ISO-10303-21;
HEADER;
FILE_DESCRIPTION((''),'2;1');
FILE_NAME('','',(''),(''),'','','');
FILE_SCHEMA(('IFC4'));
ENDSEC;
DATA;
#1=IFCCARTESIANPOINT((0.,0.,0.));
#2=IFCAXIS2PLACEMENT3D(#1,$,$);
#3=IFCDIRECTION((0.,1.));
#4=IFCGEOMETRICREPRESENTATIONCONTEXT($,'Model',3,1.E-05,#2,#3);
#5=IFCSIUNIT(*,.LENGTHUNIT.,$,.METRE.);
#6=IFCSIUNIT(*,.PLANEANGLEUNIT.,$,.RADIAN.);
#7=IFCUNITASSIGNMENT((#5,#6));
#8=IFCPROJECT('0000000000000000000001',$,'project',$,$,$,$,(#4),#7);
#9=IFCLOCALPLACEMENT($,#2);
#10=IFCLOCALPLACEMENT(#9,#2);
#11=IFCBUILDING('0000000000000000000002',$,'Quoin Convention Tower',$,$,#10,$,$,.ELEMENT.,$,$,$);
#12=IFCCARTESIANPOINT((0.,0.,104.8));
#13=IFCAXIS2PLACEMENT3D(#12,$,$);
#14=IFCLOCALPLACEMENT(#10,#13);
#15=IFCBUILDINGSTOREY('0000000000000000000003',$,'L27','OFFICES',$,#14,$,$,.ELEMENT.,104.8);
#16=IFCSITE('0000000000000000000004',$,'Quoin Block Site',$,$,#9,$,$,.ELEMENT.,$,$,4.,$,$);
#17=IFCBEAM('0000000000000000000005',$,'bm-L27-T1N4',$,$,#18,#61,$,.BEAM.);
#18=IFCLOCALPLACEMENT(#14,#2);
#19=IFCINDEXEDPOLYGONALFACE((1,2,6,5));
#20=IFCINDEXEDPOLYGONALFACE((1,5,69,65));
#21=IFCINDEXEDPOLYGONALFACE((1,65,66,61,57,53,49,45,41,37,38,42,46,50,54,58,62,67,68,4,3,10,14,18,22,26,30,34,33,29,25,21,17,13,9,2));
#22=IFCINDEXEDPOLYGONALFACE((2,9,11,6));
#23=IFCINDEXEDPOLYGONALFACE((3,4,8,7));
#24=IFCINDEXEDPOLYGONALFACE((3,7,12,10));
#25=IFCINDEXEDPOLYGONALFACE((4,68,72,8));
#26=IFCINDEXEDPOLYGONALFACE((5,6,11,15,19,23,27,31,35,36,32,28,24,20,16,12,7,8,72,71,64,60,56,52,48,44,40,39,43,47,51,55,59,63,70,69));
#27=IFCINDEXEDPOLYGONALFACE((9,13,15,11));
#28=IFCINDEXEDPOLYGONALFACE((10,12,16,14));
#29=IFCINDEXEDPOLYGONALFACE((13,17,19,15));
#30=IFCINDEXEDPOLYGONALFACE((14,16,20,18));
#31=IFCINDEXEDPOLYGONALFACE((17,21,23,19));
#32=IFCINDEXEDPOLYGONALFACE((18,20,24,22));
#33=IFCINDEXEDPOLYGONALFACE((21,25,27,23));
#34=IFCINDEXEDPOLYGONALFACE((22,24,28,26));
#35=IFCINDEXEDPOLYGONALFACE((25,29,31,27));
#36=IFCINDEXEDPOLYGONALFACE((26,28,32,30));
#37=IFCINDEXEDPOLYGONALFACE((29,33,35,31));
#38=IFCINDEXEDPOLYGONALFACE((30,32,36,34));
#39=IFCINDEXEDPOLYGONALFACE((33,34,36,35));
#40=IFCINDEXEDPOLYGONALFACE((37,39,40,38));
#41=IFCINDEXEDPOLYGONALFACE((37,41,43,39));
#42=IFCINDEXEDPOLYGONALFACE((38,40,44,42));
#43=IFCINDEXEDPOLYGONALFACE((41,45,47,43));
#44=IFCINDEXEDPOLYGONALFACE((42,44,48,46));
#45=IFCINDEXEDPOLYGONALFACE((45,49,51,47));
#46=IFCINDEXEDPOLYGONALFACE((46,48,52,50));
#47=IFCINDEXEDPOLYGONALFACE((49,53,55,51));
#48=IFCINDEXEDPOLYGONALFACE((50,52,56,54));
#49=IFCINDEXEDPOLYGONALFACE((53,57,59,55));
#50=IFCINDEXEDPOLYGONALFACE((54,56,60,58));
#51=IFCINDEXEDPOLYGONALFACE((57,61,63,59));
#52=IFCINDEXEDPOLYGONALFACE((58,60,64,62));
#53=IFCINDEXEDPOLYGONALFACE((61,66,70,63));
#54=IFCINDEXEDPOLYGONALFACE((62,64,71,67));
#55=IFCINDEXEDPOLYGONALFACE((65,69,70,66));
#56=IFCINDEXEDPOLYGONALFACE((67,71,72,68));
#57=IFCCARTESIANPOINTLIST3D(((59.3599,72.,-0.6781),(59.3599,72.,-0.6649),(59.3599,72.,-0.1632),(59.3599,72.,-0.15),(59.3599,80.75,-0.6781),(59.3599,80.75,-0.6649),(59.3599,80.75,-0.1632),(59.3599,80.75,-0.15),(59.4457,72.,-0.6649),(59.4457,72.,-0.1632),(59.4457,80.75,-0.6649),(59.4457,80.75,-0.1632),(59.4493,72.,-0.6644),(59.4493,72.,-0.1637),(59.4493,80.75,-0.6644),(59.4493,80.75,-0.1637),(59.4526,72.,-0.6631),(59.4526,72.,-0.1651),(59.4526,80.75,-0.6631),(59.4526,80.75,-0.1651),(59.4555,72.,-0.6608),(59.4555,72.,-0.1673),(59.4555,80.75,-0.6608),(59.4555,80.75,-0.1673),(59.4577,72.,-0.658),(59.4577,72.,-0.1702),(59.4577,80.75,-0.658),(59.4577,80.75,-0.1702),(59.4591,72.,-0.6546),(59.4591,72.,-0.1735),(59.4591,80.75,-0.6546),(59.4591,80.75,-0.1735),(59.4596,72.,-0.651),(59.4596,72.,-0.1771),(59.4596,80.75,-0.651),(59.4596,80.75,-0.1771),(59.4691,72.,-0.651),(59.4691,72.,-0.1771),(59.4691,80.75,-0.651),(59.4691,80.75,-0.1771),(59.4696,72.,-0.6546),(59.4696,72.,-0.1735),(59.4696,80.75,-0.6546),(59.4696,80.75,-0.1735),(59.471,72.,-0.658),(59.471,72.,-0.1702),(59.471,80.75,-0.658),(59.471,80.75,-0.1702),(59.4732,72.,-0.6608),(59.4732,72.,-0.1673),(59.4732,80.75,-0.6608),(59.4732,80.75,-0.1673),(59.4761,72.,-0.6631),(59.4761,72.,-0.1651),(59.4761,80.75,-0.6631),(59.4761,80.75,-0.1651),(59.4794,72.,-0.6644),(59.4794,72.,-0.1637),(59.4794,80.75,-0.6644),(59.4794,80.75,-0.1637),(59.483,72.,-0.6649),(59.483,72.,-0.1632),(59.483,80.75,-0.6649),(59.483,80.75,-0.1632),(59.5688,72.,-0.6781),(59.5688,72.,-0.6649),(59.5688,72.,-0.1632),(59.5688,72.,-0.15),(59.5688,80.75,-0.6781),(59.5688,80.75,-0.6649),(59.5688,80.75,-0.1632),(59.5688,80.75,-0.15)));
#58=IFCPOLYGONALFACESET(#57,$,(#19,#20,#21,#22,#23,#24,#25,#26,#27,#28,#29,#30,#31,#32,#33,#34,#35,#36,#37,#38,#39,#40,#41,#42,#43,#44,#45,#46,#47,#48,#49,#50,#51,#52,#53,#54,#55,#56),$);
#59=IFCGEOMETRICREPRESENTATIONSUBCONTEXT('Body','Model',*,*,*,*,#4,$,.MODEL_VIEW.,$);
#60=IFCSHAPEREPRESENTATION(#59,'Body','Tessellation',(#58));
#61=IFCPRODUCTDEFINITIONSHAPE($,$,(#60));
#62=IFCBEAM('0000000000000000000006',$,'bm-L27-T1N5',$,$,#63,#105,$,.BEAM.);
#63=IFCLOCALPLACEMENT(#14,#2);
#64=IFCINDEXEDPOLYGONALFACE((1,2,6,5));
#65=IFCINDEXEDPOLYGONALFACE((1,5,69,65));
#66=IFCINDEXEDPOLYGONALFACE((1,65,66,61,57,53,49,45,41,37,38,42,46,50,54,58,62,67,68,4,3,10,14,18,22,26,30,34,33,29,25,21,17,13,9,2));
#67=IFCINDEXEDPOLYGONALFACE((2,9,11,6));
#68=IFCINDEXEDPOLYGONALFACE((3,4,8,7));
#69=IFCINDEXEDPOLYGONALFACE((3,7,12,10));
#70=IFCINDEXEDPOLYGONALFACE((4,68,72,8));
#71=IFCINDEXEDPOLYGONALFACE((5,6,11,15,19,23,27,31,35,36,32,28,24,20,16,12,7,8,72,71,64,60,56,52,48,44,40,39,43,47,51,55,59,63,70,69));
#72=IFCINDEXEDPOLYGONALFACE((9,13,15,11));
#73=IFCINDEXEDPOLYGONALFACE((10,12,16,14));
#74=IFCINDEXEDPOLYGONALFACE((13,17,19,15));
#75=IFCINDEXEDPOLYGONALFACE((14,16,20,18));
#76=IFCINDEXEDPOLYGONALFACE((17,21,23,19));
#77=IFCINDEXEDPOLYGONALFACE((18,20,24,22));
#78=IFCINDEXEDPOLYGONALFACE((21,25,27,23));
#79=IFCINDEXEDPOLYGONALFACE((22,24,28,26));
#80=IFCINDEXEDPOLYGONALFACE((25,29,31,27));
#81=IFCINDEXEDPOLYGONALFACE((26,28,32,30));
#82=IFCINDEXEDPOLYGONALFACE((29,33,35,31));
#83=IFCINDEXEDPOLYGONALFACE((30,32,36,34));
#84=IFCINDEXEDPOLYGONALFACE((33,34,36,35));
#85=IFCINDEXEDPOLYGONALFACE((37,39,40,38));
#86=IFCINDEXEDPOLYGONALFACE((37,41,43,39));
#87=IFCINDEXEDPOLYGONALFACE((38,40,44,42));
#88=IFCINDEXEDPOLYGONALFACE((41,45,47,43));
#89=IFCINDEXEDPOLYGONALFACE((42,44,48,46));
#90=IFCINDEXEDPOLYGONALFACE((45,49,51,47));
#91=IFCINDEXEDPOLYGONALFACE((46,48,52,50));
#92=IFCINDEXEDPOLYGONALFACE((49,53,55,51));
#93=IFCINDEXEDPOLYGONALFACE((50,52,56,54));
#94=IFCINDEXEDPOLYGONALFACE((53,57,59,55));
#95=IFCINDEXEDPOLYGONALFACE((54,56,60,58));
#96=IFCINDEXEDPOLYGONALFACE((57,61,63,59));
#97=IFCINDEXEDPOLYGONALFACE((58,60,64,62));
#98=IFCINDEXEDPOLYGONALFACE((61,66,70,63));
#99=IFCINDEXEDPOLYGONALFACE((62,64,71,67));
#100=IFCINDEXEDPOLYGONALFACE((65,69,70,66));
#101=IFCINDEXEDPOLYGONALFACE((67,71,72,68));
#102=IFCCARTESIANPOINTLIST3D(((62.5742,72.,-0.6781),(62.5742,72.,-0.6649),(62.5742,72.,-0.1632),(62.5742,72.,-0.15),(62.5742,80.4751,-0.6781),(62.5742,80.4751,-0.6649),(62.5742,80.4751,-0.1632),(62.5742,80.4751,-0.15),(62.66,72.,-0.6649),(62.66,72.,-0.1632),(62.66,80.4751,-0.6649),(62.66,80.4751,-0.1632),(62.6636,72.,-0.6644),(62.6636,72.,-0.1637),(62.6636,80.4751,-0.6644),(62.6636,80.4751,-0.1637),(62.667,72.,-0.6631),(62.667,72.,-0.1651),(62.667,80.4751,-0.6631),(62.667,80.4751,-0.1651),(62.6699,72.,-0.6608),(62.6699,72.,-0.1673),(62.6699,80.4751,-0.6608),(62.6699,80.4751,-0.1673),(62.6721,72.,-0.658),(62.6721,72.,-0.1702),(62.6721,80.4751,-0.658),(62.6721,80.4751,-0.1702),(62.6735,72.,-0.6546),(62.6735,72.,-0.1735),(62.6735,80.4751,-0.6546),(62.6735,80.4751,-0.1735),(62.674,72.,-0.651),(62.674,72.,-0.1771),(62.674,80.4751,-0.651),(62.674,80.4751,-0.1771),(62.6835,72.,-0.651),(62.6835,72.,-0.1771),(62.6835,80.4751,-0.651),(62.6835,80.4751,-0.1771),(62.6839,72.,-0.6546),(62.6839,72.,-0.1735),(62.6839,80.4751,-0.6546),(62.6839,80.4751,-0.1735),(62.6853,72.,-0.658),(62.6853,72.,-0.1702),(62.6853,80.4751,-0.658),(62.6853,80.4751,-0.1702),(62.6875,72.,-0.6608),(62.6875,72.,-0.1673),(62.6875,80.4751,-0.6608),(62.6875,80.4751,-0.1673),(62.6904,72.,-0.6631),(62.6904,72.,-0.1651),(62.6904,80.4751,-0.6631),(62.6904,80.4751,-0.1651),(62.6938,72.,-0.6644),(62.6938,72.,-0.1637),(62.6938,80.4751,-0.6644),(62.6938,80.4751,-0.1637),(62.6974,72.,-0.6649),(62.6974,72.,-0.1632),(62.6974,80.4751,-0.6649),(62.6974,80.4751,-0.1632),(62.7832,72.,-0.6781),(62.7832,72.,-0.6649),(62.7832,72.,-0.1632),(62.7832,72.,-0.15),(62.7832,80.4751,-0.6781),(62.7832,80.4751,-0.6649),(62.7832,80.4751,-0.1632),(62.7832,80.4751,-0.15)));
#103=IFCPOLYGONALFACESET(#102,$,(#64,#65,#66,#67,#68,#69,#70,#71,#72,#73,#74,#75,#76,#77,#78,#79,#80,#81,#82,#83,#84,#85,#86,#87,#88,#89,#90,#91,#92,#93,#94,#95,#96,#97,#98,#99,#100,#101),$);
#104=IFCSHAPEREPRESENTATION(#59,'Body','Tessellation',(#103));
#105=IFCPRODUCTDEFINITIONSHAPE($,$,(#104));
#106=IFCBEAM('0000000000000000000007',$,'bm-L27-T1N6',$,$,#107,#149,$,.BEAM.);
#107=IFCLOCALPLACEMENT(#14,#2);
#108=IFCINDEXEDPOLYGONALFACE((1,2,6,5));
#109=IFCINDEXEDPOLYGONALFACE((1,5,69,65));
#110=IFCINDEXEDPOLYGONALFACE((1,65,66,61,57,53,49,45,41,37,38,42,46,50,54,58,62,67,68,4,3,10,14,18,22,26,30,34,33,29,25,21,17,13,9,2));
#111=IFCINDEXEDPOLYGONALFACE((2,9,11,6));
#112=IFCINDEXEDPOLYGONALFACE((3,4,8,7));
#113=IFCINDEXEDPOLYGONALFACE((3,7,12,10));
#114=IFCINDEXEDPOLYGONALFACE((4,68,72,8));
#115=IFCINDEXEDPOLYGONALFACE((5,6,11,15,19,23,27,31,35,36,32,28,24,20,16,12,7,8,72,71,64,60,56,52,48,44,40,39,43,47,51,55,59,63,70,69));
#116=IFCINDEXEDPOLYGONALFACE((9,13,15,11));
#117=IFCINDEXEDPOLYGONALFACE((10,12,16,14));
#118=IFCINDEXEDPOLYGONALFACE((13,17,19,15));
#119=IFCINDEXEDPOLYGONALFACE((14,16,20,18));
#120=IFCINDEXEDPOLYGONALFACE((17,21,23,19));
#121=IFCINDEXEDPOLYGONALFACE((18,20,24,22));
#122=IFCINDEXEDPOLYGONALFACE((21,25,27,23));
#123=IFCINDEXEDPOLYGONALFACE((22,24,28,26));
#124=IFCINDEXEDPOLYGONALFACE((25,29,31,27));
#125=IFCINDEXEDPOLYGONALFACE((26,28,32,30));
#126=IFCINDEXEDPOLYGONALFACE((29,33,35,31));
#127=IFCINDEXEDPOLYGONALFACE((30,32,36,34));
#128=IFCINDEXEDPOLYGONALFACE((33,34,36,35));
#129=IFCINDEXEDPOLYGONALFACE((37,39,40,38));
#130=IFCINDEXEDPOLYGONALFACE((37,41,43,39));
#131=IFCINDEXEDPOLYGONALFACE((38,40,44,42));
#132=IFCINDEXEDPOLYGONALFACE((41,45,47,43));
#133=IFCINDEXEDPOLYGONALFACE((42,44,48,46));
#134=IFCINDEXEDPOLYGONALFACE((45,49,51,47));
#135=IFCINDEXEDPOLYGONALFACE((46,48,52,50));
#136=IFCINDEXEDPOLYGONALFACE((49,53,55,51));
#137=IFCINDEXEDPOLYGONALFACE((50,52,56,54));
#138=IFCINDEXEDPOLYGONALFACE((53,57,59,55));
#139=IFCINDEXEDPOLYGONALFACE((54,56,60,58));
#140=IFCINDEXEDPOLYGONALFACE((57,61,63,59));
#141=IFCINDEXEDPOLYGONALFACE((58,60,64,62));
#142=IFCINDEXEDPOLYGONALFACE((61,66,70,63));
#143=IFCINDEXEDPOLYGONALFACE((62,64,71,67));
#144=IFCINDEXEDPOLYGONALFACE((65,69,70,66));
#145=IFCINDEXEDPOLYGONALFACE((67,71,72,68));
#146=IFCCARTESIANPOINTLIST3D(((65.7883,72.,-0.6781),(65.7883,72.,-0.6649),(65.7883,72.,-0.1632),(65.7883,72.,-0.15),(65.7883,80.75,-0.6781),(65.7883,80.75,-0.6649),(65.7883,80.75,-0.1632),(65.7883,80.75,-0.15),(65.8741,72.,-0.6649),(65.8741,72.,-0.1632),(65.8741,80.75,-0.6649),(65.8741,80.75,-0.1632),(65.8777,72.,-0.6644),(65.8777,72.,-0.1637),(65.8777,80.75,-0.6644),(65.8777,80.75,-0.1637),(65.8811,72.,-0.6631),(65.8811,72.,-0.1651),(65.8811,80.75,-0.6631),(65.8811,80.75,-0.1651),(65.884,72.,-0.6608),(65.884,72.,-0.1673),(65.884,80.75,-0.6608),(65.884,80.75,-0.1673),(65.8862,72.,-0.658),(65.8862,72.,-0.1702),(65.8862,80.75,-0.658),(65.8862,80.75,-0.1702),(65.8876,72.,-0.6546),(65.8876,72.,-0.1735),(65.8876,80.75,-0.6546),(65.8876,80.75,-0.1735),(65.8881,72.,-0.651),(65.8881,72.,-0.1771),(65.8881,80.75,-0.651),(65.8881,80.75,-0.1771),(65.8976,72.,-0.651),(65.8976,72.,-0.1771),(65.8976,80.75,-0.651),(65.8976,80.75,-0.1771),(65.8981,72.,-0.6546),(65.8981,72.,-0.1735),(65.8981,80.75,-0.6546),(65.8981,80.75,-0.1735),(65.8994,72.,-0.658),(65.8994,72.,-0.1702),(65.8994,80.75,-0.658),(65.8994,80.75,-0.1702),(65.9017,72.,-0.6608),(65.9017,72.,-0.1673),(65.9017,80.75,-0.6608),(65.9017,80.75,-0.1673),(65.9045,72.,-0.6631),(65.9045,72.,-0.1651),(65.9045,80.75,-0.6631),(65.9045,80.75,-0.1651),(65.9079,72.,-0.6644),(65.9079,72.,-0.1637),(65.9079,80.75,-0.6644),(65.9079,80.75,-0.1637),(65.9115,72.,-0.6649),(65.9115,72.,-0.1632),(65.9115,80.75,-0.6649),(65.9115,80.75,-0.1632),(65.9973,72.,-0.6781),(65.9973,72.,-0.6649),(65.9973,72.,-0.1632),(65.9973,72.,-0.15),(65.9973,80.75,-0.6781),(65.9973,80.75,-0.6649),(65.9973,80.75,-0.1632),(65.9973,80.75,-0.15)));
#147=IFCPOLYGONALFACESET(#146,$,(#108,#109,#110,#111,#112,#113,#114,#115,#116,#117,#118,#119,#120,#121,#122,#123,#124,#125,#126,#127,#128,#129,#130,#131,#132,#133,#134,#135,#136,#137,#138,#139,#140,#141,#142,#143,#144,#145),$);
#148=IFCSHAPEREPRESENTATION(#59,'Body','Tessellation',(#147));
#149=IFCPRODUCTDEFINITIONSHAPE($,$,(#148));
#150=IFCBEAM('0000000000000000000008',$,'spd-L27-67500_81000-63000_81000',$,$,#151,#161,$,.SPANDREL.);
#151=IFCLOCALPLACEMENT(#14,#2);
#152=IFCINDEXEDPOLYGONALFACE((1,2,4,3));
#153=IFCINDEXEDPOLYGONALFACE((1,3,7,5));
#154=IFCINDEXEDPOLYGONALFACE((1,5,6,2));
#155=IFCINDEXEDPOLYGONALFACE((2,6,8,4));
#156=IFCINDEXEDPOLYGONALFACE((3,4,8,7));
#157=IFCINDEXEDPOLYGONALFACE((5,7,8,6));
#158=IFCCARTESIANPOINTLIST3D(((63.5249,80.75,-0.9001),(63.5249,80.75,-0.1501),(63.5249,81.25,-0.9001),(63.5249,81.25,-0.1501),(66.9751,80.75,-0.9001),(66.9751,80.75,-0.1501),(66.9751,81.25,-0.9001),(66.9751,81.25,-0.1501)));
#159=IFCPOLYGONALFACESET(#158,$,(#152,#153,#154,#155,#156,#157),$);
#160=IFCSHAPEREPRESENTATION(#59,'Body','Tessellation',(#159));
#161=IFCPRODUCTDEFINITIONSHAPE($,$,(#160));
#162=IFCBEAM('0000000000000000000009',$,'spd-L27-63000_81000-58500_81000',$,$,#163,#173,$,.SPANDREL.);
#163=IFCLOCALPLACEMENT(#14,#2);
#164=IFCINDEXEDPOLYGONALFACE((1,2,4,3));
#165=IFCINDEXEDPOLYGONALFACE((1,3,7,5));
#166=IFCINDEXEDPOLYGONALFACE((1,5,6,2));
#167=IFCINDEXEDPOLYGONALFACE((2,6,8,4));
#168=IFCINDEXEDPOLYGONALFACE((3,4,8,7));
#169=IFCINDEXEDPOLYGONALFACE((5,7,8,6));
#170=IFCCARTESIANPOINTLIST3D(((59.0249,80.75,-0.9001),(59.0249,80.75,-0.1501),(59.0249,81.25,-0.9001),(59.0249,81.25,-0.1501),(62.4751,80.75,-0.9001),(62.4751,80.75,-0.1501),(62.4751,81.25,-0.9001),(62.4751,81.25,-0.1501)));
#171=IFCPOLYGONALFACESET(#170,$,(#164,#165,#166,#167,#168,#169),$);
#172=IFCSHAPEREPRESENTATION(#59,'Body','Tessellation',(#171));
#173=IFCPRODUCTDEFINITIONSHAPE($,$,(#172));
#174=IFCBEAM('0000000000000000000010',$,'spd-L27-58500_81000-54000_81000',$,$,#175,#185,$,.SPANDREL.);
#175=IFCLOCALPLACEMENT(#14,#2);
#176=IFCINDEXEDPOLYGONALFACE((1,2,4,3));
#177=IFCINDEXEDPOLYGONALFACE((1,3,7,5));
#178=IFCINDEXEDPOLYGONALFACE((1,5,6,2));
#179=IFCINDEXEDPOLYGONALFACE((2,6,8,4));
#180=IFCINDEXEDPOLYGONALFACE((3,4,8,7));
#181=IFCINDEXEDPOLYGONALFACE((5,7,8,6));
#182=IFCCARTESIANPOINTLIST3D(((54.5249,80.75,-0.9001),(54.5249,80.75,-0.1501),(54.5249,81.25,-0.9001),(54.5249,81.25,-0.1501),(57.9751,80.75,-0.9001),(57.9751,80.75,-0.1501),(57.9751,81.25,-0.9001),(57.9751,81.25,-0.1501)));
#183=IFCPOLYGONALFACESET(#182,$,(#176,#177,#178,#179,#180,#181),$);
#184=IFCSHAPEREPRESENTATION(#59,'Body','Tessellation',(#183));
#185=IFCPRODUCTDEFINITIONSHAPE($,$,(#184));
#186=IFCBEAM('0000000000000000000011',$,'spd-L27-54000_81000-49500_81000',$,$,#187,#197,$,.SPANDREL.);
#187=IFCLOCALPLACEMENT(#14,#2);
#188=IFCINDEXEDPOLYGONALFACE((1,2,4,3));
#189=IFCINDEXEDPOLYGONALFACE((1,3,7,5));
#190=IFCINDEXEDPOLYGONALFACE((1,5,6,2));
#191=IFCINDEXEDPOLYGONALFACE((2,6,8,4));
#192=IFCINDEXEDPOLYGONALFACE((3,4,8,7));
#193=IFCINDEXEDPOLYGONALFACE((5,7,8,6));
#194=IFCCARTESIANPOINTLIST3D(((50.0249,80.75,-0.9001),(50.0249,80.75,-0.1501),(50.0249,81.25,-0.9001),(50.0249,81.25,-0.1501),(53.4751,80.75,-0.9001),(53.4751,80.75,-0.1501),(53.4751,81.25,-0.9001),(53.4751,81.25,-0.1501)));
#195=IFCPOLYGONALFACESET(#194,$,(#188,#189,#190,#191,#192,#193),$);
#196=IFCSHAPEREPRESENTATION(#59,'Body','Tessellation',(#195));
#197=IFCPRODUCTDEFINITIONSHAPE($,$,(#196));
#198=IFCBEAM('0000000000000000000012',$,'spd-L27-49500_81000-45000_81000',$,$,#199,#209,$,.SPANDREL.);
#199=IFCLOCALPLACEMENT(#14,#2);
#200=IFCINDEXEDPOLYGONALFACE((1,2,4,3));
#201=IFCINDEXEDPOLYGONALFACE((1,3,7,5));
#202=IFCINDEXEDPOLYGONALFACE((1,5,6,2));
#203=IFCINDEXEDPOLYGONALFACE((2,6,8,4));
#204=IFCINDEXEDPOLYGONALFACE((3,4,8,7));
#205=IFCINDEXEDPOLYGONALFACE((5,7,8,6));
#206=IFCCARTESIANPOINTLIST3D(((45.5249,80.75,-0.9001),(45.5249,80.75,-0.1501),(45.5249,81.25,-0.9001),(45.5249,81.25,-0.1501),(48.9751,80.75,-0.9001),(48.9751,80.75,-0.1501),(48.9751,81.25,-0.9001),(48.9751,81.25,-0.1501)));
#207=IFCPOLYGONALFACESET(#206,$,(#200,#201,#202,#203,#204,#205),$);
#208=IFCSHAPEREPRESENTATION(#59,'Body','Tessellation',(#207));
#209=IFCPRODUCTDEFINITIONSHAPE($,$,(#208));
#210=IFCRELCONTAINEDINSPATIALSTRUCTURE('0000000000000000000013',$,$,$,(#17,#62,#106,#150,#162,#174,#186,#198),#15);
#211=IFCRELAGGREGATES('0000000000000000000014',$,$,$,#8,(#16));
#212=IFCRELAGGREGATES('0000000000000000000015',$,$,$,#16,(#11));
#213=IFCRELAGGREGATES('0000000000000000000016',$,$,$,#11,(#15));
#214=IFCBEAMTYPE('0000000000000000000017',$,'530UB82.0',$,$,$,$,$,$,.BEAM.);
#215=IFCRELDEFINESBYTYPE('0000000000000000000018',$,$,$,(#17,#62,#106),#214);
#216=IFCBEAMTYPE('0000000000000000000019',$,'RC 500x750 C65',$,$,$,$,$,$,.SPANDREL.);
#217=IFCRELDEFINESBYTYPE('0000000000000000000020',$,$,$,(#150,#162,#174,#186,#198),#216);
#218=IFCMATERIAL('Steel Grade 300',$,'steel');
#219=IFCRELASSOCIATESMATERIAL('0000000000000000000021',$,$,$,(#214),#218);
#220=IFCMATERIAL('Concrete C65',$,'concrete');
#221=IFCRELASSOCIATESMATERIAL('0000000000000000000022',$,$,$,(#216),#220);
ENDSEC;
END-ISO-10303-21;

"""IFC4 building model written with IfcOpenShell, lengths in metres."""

from ifc_helpers import new_model, si_unit, direction, frame, origin, origin_2d, place, context, subcontext, project, spatial, rectangle, i_section, extrude, material, material_profile, profile_set, type_object, element, save


model = new_model("IFC4")

# Units and contexts
model_context = context("Model", 3, precision=1e-05, world=origin(), true_north=direction((0.0, 1.0)))
body_context = subcontext(model_context, "Body", "Model", "MODEL_VIEW")
ifc_project = project(units=[si_unit("LENGTHUNIT", "METRE"), si_unit("PLANEANGLEUNIT", "RADIAN")], contexts=[model_context])

# Site, building, storey
site_placement = place(None, origin())
site = spatial("IfcSite", under=ifc_project, at=site_placement, Name="Quoin Block Site", CompositionType="ELEMENT", RefElevation=4.0)
building_placement = place(site_placement, origin())
building = spatial("IfcBuilding", under=site, at=building_placement, Name="Quoin Convention Tower", CompositionType="ELEMENT")
storey_placement = place(building_placement, frame((0.0, 0.0, 104.8)))
storey = spatial("IfcBuildingStorey", under=building, at=storey_placement, Name="L27", Description="OFFICES", CompositionType="ELEMENT", Elevation=104.8)

# Shared definitions
ifc_material_1 = material(Name="Concrete C65", Category="concrete")

# Beams
ifc_material_2 = material(Name="Steel Grade 300", Category="steel")
ifc_material_profile_1 = material_profile(ifc_material_2, i_section(OverallWidth=0.209, OverallDepth=0.5281, WebThickness=0.0095, FlangeThickness=0.0132, FilletRadius=0.0139, at=origin_2d()), Name="530UB82.0")
ifc_profile_set_1 = profile_set([ifc_material_profile_1], Name="Steel Grade 300")
beam_type_1 = type_object("IfcBeamType", Name="530UB82.0", PredefinedType="BEAM", material=ifc_profile_set_1)
for number, where, z_axis, x_axis, name in (
    (1, (59.4644, 72.0, -0.4141), (0.0, 1.0, 0.0), (-1.0, 0.0, 0.0), "bm-L27-T1N4"),
):
    element("IfcBeam", number, at=place(storey_placement, frame(where, z_axis=z_axis, x_axis=x_axis)), inside=storey, type_object=beam_type_1, Name=name, PredefinedType="BEAM", context=body_context, shape_type="SweptSolid", body=[
        extrude(i_section(OverallWidth=0.209, OverallDepth=0.5281, WebThickness=0.0095, FlangeThickness=0.0132, FilletRadius=0.0139, at=origin_2d()), origin(), (0.0, 0.0, 1.0), 8.75),
    ])
beam_1_placement = place(storey_placement, frame((62.6787, 72.0, -0.4141), z_axis=(0.0, 1.0, 0.0), x_axis=(-1.0, 0.0, 0.0)))
element("IfcBeam", 2, at=beam_1_placement, inside=storey, type_object=beam_type_1, Name="bm-L27-T1N5", PredefinedType="BEAM", context=body_context, shape_type="SweptSolid", body=[
    extrude(i_section(OverallWidth=0.209, OverallDepth=0.5281, WebThickness=0.0095, FlangeThickness=0.0132, FilletRadius=0.0139, at=origin_2d()), origin(), (0.0, 0.0, 1.0), 8.4751),
])
beam_2_placement = place(storey_placement, frame((65.8928, 72.0, -0.4141), z_axis=(0.0, 1.0, 0.0), x_axis=(-1.0, 0.0, 0.0)))
element("IfcBeam", 3, at=beam_2_placement, inside=storey, type_object=beam_type_1, Name="bm-L27-T1N6", PredefinedType="BEAM", context=body_context, shape_type="SweptSolid", body=[
    extrude(i_section(OverallWidth=0.209, OverallDepth=0.5281, WebThickness=0.0095, FlangeThickness=0.0132, FilletRadius=0.0139, at=origin_2d()), origin(), (0.0, 0.0, 1.0), 8.75),
])
ifc_material_profile_2 = material_profile(ifc_material_1, rectangle(XDim=0.5, YDim=0.75, at=origin_2d()), Name="RC 500x750")
ifc_profile_set_2 = profile_set([ifc_material_profile_2], Name="Concrete C65")
beam_type_2 = type_object("IfcBeamType", Name="RC 500x750 C65", PredefinedType="SPANDREL", material=ifc_profile_set_2)
for number, where, z_axis, x_axis, name in (
    (4, (66.9751, 81.0, -0.5251), (-1.0, 0.0, 0.0), (0.0, -1.0, 0.0), "spd-L27-67500_81000-63000_81000"),
    (5, (62.4751, 81.0, -0.5251), (-1.0, 0.0, 0.0), (0.0, -1.0, 0.0), "spd-L27-63000_81000-58500_81000"),
    (6, (57.9751, 81.0, -0.5251), (-1.0, 0.0, 0.0), (0.0, -1.0, 0.0), "spd-L27-58500_81000-54000_81000"),
    (7, (53.4751, 81.0, -0.5251), (-1.0, 0.0, 0.0), (0.0, -1.0, 0.0), "spd-L27-54000_81000-49500_81000"),
    (8, (48.9751, 81.0, -0.5251), (-1.0, 0.0, 0.0), (0.0, -1.0, 0.0), "spd-L27-49500_81000-45000_81000"),
):
    element("IfcBeam", number, at=place(storey_placement, frame(where, z_axis=z_axis, x_axis=x_axis)), inside=storey, type_object=beam_type_2, Name=name, PredefinedType="SPANDREL", context=body_context, shape_type="SweptSolid", body=[
        extrude(rectangle(XDim=0.5, YDim=0.75, at=origin_2d()), origin(), (0.0, 0.0, 1.0), 3.4502),
    ])

save(model, "model.ifc")
